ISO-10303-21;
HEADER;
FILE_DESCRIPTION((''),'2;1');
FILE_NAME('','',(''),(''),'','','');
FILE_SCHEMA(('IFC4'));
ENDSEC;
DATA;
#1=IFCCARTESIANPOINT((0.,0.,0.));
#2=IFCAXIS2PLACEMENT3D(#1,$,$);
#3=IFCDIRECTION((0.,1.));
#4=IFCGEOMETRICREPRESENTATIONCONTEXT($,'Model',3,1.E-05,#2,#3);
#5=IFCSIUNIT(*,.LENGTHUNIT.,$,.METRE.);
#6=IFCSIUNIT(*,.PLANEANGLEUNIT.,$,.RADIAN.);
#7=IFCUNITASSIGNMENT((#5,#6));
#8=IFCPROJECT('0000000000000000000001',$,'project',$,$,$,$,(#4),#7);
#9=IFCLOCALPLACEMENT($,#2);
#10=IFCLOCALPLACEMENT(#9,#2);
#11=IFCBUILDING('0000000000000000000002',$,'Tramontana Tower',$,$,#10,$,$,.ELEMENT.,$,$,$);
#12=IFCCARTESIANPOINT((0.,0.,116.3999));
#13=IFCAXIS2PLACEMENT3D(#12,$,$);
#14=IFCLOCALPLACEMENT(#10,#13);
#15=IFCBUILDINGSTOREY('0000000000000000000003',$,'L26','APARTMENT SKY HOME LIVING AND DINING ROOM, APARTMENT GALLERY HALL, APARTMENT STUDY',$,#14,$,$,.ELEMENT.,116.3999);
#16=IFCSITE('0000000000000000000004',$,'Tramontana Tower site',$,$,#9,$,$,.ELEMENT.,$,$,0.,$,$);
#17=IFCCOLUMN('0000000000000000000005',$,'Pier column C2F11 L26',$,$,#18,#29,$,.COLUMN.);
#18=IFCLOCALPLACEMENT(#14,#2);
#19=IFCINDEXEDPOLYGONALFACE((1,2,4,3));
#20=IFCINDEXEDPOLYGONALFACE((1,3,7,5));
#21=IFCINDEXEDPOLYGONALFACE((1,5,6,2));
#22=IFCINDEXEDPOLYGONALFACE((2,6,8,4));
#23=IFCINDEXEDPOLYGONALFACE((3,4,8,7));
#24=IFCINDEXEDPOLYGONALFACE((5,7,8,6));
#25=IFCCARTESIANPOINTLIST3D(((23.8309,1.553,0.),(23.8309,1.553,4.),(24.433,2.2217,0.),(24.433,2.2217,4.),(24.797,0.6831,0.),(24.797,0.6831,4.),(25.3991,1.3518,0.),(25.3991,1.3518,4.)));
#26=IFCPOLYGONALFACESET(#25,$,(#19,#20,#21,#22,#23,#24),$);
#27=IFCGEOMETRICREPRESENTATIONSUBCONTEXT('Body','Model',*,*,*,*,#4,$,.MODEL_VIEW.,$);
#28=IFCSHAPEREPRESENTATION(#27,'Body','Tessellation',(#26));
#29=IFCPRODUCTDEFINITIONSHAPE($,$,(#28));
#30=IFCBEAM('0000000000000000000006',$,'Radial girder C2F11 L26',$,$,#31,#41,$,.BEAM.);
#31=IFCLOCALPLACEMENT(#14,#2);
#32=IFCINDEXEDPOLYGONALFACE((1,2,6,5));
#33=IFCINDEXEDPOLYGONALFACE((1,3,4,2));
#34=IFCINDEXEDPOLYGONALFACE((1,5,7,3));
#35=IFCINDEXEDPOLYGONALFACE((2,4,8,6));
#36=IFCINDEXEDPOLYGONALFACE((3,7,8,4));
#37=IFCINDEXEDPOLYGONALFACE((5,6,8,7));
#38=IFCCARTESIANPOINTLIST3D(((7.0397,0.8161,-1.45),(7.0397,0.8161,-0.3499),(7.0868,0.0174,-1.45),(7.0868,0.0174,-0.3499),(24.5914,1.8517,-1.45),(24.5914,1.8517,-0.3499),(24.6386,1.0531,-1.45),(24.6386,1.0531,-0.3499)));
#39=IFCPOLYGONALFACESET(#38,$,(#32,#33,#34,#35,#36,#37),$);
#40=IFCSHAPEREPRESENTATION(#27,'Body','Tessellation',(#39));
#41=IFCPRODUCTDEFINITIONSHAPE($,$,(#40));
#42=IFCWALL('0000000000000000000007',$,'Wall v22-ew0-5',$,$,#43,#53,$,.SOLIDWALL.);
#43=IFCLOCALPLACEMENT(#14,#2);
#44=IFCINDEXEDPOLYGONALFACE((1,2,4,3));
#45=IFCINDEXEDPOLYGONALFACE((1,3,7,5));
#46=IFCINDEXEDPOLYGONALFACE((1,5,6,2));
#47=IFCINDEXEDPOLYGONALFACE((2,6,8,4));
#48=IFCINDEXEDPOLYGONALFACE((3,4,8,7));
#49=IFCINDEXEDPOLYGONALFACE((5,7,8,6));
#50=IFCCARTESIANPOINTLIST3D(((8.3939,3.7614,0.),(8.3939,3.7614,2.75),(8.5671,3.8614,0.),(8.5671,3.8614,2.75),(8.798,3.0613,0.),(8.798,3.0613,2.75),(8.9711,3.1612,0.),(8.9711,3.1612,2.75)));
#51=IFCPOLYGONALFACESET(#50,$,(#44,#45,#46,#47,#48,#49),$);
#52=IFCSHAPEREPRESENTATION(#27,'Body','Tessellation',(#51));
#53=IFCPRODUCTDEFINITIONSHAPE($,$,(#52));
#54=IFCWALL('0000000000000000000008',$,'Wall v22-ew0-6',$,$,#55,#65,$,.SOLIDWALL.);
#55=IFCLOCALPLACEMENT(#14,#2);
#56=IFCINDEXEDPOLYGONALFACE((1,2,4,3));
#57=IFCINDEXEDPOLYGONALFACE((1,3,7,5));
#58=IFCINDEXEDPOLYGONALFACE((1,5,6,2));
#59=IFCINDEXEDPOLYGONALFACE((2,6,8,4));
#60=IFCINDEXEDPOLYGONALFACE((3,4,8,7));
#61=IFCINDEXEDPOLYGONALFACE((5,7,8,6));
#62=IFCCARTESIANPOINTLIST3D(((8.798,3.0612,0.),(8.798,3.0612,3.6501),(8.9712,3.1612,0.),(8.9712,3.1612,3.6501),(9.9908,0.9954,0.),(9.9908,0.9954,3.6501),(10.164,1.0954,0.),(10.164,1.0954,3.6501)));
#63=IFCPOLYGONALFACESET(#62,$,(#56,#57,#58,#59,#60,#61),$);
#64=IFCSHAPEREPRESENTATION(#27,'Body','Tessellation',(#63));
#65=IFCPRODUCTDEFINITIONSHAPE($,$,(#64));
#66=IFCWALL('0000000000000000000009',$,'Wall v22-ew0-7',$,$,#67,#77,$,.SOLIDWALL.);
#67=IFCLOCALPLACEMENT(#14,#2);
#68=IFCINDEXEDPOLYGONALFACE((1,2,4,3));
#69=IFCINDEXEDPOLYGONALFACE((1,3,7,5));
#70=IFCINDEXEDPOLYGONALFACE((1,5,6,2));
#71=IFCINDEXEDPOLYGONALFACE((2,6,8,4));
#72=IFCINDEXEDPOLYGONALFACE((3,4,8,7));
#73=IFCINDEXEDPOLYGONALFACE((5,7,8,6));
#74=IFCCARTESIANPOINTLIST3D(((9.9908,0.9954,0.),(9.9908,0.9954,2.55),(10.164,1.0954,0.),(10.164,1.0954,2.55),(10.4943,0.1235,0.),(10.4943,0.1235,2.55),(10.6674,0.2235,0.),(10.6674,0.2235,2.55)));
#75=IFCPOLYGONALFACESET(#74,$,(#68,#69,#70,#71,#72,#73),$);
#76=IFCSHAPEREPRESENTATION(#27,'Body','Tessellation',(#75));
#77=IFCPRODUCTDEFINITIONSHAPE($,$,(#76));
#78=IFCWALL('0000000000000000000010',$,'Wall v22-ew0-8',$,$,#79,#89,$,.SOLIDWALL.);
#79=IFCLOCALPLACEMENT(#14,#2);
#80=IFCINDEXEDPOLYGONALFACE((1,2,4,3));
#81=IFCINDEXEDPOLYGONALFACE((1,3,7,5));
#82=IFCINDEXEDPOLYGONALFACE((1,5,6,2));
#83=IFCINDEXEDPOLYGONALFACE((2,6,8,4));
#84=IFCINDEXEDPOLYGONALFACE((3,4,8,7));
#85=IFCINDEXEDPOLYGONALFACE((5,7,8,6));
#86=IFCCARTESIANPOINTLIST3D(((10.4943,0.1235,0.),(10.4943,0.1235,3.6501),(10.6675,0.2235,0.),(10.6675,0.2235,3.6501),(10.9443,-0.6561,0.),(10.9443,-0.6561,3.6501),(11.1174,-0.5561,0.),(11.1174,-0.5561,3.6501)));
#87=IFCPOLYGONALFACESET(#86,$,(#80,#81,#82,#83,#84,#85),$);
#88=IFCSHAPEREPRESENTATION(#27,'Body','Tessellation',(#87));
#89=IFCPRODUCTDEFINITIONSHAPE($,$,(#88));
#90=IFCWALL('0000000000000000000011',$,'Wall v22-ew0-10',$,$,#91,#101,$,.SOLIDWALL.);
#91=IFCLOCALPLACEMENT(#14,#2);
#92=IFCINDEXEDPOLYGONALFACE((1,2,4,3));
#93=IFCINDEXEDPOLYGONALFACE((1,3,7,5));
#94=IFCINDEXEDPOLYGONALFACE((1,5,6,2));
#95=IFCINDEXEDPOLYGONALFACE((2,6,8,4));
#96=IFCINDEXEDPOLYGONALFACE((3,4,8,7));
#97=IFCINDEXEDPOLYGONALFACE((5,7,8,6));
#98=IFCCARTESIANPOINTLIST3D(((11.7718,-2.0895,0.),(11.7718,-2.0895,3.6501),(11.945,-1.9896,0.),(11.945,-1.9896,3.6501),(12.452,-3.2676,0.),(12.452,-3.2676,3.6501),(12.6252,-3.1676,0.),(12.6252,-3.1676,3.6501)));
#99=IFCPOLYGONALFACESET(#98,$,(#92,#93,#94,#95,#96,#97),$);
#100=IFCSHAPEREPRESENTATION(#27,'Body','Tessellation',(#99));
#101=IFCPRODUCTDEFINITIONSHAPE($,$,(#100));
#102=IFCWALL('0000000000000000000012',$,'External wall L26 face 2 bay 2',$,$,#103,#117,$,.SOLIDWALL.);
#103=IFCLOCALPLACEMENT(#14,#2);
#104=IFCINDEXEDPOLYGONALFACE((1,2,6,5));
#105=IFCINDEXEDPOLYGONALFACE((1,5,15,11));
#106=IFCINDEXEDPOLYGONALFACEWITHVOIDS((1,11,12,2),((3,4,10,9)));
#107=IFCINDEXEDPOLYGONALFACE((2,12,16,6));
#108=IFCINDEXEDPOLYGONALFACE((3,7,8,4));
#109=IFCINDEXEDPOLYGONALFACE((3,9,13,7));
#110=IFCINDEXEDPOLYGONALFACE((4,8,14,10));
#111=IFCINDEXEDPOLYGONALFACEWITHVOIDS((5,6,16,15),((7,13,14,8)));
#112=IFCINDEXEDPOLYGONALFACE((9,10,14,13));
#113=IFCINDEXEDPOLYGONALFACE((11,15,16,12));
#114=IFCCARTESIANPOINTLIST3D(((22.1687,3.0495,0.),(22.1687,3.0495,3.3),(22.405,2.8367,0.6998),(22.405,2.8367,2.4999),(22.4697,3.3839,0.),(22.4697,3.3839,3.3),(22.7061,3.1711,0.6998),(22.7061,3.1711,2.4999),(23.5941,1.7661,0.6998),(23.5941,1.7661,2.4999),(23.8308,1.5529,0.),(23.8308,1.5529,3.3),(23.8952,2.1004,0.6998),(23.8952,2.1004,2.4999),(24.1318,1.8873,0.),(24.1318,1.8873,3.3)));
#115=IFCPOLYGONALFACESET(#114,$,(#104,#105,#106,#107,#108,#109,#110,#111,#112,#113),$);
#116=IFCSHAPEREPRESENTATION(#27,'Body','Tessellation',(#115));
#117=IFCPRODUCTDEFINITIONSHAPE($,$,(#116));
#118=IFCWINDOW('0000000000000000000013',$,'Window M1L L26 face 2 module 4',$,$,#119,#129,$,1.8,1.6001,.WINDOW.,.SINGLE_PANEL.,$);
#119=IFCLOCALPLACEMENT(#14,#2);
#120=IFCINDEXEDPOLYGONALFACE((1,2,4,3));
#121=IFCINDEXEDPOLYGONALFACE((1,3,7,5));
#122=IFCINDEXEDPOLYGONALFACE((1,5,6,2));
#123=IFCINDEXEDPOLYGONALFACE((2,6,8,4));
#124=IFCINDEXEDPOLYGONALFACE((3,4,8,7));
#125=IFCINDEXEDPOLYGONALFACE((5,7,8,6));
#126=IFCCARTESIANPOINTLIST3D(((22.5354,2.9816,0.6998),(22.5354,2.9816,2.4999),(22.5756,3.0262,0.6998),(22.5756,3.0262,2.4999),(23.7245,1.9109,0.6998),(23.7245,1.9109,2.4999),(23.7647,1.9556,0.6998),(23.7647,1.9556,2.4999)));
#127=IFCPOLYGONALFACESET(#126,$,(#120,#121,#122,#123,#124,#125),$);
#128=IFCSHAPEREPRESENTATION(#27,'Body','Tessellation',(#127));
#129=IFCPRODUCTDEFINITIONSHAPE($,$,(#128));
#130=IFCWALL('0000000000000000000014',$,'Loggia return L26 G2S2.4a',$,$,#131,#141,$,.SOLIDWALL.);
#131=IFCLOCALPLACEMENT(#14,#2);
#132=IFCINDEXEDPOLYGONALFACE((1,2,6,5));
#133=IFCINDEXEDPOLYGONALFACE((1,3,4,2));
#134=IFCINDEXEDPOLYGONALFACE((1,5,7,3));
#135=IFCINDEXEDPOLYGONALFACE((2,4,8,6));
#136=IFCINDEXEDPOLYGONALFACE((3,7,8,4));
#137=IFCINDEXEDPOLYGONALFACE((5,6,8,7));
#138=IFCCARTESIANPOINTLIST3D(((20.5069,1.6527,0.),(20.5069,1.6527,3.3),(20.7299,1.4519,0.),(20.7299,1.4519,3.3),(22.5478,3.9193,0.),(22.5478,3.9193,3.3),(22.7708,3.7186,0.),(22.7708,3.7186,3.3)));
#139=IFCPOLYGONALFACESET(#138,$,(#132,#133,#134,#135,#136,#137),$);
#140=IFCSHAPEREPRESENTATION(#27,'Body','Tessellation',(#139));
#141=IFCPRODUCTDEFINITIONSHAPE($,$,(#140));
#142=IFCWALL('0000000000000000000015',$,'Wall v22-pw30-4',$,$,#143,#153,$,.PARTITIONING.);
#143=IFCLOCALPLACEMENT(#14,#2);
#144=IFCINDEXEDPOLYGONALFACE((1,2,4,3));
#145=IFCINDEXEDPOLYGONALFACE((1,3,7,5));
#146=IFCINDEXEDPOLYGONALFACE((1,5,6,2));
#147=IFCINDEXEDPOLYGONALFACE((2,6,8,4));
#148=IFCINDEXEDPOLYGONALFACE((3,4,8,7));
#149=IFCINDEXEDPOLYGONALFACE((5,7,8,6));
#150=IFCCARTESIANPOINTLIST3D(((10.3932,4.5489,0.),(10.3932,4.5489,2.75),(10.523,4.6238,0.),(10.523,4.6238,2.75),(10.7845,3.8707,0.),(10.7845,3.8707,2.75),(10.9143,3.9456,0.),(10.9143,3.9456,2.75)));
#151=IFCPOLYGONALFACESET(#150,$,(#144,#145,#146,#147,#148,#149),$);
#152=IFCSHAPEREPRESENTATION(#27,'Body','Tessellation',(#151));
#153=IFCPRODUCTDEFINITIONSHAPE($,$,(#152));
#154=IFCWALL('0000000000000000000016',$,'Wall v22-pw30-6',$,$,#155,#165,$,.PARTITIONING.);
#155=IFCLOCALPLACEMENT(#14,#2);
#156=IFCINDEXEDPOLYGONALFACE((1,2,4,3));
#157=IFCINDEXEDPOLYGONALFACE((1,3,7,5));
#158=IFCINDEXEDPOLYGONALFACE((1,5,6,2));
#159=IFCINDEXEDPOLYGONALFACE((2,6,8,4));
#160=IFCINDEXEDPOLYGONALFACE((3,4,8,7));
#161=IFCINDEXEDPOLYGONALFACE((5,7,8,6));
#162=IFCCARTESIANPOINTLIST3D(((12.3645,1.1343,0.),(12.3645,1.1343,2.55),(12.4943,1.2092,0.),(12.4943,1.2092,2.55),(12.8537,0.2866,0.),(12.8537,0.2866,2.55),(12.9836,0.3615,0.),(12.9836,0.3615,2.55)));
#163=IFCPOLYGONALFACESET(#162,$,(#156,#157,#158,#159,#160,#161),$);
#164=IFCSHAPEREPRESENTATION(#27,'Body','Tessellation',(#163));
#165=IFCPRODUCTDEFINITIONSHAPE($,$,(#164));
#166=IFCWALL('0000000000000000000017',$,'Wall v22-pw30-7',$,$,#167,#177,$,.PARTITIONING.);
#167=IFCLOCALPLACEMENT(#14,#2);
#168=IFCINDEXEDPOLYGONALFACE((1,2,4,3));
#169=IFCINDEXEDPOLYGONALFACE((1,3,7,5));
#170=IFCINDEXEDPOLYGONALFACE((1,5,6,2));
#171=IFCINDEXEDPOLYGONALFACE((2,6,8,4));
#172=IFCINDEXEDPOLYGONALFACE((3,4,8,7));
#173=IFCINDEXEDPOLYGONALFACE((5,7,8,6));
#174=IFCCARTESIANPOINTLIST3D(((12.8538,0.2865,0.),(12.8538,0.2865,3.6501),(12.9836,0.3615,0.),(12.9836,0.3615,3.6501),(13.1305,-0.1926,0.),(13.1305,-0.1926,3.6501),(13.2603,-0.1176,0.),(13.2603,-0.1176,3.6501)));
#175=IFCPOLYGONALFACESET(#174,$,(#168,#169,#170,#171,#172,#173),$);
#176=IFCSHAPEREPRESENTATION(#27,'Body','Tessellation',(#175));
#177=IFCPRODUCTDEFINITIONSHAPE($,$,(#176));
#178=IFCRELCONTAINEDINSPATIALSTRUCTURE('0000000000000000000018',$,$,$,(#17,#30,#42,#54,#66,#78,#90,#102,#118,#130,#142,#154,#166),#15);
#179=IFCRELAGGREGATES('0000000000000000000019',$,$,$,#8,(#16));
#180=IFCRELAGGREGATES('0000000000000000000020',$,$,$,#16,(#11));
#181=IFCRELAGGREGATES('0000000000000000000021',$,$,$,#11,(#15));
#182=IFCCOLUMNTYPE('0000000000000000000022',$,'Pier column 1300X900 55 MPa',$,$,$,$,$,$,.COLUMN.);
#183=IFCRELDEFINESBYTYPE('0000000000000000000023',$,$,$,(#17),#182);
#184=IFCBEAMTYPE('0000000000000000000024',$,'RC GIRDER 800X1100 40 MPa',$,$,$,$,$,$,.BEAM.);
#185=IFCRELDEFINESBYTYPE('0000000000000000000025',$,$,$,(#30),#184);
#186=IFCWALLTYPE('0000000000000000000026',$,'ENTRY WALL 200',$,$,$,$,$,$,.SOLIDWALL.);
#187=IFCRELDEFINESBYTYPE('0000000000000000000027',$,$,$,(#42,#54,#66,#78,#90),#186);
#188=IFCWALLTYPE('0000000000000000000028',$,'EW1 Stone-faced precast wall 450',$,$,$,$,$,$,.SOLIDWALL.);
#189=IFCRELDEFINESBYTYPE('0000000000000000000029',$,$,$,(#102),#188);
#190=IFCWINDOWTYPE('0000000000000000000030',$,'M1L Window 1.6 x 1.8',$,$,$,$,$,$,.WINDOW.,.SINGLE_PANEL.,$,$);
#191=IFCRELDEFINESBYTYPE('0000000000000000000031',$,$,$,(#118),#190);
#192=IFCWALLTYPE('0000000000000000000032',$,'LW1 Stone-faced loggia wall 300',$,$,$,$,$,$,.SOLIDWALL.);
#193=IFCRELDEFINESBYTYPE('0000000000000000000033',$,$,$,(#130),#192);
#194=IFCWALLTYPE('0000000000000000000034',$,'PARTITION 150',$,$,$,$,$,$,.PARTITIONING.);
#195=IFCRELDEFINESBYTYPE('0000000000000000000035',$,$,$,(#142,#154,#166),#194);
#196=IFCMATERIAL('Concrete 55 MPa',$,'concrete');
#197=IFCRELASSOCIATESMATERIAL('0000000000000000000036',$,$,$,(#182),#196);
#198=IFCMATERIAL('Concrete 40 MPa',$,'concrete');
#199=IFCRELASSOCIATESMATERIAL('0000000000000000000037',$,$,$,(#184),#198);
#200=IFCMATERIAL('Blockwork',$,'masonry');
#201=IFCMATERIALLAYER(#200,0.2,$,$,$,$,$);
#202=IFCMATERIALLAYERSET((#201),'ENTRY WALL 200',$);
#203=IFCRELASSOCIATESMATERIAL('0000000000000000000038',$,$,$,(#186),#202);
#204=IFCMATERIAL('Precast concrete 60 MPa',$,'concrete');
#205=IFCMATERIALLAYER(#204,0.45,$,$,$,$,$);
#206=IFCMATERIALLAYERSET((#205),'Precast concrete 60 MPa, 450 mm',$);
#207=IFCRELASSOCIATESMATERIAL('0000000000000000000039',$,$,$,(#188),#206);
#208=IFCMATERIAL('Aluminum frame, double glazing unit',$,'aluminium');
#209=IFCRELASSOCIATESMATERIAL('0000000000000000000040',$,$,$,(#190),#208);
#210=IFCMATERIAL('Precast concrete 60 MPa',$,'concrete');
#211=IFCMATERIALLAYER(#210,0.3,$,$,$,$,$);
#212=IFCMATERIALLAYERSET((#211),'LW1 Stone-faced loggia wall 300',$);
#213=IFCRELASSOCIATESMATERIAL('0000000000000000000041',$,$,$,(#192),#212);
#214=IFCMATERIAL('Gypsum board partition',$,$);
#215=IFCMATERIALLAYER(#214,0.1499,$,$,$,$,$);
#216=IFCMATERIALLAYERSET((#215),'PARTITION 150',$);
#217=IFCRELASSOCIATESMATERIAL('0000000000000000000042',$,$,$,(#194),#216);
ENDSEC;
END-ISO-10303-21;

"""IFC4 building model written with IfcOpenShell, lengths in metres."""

from ifc_helpers import new_model, si_unit, direction, frame, frame_2d, origin, origin_2d, place, context, subcontext, project, spatial, rectangle, extrude, material, layer, layer_set, material_profile, profile_set, type_object, element, fill, save


model = new_model("IFC4")

# Units and contexts
model_context = context("Model", 3, precision=1e-05, world=origin(), true_north=direction((0.0, 1.0)))
body_context = subcontext(model_context, "Body", "Model", "MODEL_VIEW")
ifc_project = project(units=[si_unit("LENGTHUNIT", "METRE"), si_unit("PLANEANGLEUNIT", "RADIAN")], contexts=[model_context])

# Site, building, storey
site_placement = place(None, origin())
site = spatial("IfcSite", under=ifc_project, at=site_placement, Name="Tramontana Tower site", CompositionType="ELEMENT", RefElevation=0.0)
building_placement = place(site_placement, origin())
building = spatial("IfcBuilding", under=site, at=building_placement, Name="Tramontana Tower", CompositionType="ELEMENT")
storey_placement = place(building_placement, frame((0.0, 0.0, 116.3999)))
storey = spatial("IfcBuildingStorey", under=building, at=storey_placement, Name="L26", Description="APARTMENT SKY HOME LIVING AND DINING ROOM, APARTMENT GALLERY HALL, APARTMENT STUDY", CompositionType="ELEMENT", Elevation=116.3999)

# Column
ifc_material_1 = material(Name="Concrete 55 MPa", Category="concrete")
ifc_material_profile_1 = material_profile(ifc_material_1, rectangle(XDim=1.3, YDim=0.8999, at=origin_2d()), Name="Pier column 1300X900 55 MPa")
ifc_profile_set_1 = profile_set([ifc_material_profile_1], Name="Concrete 55 MPa")
column_type = type_object("IfcColumnType", Name="Pier column 1300X900 55 MPa", PredefinedType="COLUMN", material=ifc_profile_set_1)
column_placement = place(storey_placement, frame((24.615, 1.4524, 0.0), z_axis=(0.0, 0.0, 1.0), x_axis=(-0.743145, 0.669131, 0.0)))
element("IfcColumn", 1, at=column_placement, inside=storey, type_object=column_type, Name="Pier column C2F11 L26", PredefinedType="COLUMN", context=body_context, shape_type="SweptSolid", body=[
    extrude(rectangle(XDim=1.3, YDim=0.8999, at=origin_2d()), origin(), (0.0, 0.0, 1.0), 4.0),
])

# Beam
ifc_material_2 = material(Name="Concrete 40 MPa", Category="concrete")
ifc_material_profile_2 = material_profile(ifc_material_2, rectangle(XDim=0.8, YDim=1.1001, at=origin_2d()), Name="RC GIRDER 800X1100 40 MPa")
ifc_profile_set_2 = profile_set([ifc_material_profile_2], Name="Concrete 40 MPa")
beam_type = type_object("IfcBeamType", Name="RC GIRDER 800X1100 40 MPa", PredefinedType="BEAM", material=ifc_profile_set_2)
beam_placement = place(storey_placement, frame((24.615, 1.4524, -0.8999), z_axis=(-0.998264, -0.058903, 0.0), x_axis=(0.058903, -0.998264, 0.0)))
element("IfcBeam", 2, at=beam_placement, inside=storey, type_object=beam_type, Name="Radial girder C2F11 L26", PredefinedType="BEAM", context=body_context, shape_type="SweptSolid", body=[
    extrude(rectangle(XDim=0.8, YDim=1.1001, at=origin_2d()), origin(), (0.0, 0.0, 1.0), 17.5823),
])

# Walls
ifc_material_3 = material(Name="Blockwork", Category="masonry")
ifc_layer_1 = layer(ifc_material_3, 0.2)
ifc_layer_set_1 = layer_set([ifc_layer_1], Name="ENTRY WALL 200")
wall_type_1 = type_object("IfcWallType", Name="ENTRY WALL 200", PredefinedType="SOLIDWALL", material=ifc_layer_set_1)
wall_1_placement = place(storey_placement, frame((8.4805, 3.8115, 0.0), z_axis=(0.0, 0.0, 1.0), x_axis=(0.49981, -0.866135, 0.0)))
element("IfcWall", 3, at=wall_1_placement, inside=storey, type_object=wall_type_1, Name="Wall v22-ew0-5", PredefinedType="SOLIDWALL", context=body_context, shape_type="SweptSolid", body=[
    extrude(rectangle(XDim=0.8083, YDim=0.2, at=frame_2d((0.4043, 0.0))), origin(), (0.0, 0.0, 1.0), 2.75),
])
wall_2_placement = place(storey_placement, frame((8.8845, 3.1113, 0.0), z_axis=(0.0, 0.0, 1.0), x_axis=(0.500035, -0.866005, 0.0)))
element("IfcWall", 4, at=wall_2_placement, inside=storey, type_object=wall_type_1, Name="Wall v22-ew0-6", PredefinedType="SOLIDWALL", context=body_context, shape_type="SweptSolid", body=[
    extrude(rectangle(XDim=2.3855, YDim=0.2, at=frame_2d((1.1929, 0.0))), origin(), (0.0, 0.0, 1.0), 3.6501),
])
wall_3_placement = place(storey_placement, frame((10.0774, 1.0454, 0.0), z_axis=(0.0, 0.0, 1.0), x_axis=(0.500051, -0.865996, 0.0)))
element("IfcWall", 5, at=wall_3_placement, inside=storey, type_object=wall_type_1, Name="Wall v22-ew0-7", PredefinedType="SOLIDWALL", context=body_context, shape_type="SweptSolid", body=[
    extrude(rectangle(XDim=1.0068, YDim=0.2, at=frame_2d((0.5034, 0.0))), origin(), (0.0, 0.0, 1.0), 2.55),
])
wall_4_placement = place(storey_placement, frame((10.5808, 0.1736, 0.0), z_axis=(0.0, 0.0, 1.0), x_axis=(0.499902, -0.866082, 0.0)))
element("IfcWall", 6, at=wall_4_placement, inside=storey, type_object=wall_type_1, Name="Wall v22-ew0-8", PredefinedType="SOLIDWALL", context=body_context, shape_type="SweptSolid", body=[
    extrude(rectangle(XDim=0.9001, YDim=0.2, at=frame_2d((0.4502, 0.0))), origin(), (0.0, 0.0, 1.0), 3.6501),
])

# Wall
wall_5_placement = place(storey_placement, frame((11.8584, -2.0396, 0.0), z_axis=(0.0, 0.0, 1.0), x_axis=(0.500038, -0.866003, 0.0)))
element("IfcWall", 7, at=wall_5_placement, inside=storey, type_object=wall_type_1, Name="Wall v22-ew0-10", PredefinedType="SOLIDWALL", context=body_context, shape_type="SweptSolid", body=[
    extrude(rectangle(XDim=1.3604, YDim=0.2, at=frame_2d((0.6802, 0.0))), origin(), (0.0, 0.0, 1.0), 3.6501),
])

# Wall, opening, window
ifc_material_4 = material(Name="Precast concrete 60 MPa", Category="concrete")
ifc_layer_2 = layer(ifc_material_4, 0.45)
ifc_layer_set_2 = layer_set([ifc_layer_2], Name="Precast concrete 60 MPa, 450 mm")
wall_type_2 = type_object("IfcWallType", Name="EW1 Stone-faced precast wall 450", PredefinedType="SOLIDWALL", material=ifc_layer_set_2)
wall_6_placement = place(storey_placement, frame((23.9812, 1.7202, 0.0), z_axis=(0.0, 0.0, 1.0), x_axis=(-0.743142, 0.669134, 0.0)))
wall_6 = element("IfcWall", 8, at=wall_6_placement, inside=storey, type_object=wall_type_2, Name="External wall L26 face 2 bay 2", PredefinedType="SOLIDWALL", context=body_context, shape_type="SweptSolid", body=[
    extrude(rectangle(XDim=2.2366, YDim=0.45, at=frame_2d((1.1182, 0.0))), origin(), (0.0, 0.0, 1.0), 3.3),
])
opening_1_placement = place(wall_6_placement, frame((0.3184, 0.0, 0.7)))
opening_1 = element("IfcOpeningElement", 9, at=opening_1_placement, cuts=wall_6, PredefinedType="OPENING", context=body_context, shape_type="SweptSolid", body=[
    extrude(rectangle(XDim=1.6001, YDim=1.8, at=frame_2d((0.8, 0.8999))), frame((0.0, 0.2349, 0.0), z_axis=(0.0, -1.0, 0.0), x_axis=(1.0, 0.0, 0.0)), (0.0, 0.0, 1.0), 0.47),
])
ifc_material_5 = material(Name="Aluminum frame, double glazing unit", Category="aluminium")
window_type = type_object("IfcWindowType", Name="M1L Window 1.6 x 1.8", PartitioningType="SINGLE_PANEL", PredefinedType="WINDOW", material=ifc_material_5)
window_placement = place(opening_1_placement, origin())
window = element("IfcWindow", 10, at=window_placement, inside=storey, type_object=window_type, Name="Window M1L L26 face 2 module 4", OverallHeight=1.8, OverallWidth=1.6001, PartitioningType="SINGLE_PANEL", PredefinedType="WINDOW", context=body_context, shape_type="SweptSolid", body=[
    extrude(rectangle(XDim=1.6001, YDim=1.8, at=frame_2d((0.8, 0.8999))), frame((0.0, 0.03, 0.0), z_axis=(0.0, -1.0, 0.0), x_axis=(1.0, 0.0, 0.0)), (0.0, 0.0, 1.0), 0.0601),
])
fill(opening_1, window)

# Shared definitions
ifc_material_6 = material(Name="Precast concrete 60 MPa", Category="concrete")
ifc_layer_3 = layer(ifc_material_6, 0.3)
ifc_layer_set_3 = layer_set([ifc_layer_3], Name="LW1 Stone-faced loggia wall 300")
wall_type_3 = type_object("IfcWallType", Name="LW1 Stone-faced loggia wall 300", PredefinedType="SOLIDWALL", material=ifc_layer_set_3)

# Walls
wall_7_placement = place(storey_placement, frame((22.6592, 3.8188, 0.0), z_axis=(0.0, 0.0, 1.0), x_axis=(-0.669115, -0.743159, 0.0)))
element("IfcWall", 11, at=wall_7_placement, inside=storey, type_object=wall_type_3, Name="Loggia return L26 G2S2.4a", PredefinedType="SOLIDWALL", context=body_context, shape_type="SweptSolid", body=[
    extrude(rectangle(XDim=3.05, YDim=0.3, at=frame_2d((1.5249, 0.0))), origin(), (0.0, 0.0, 1.0), 3.3),
])
ifc_material_7 = material(Name="Gypsum board partition")
ifc_layer_4 = layer(ifc_material_7, 0.1499)
ifc_layer_set_4 = layer_set([ifc_layer_4], Name="PARTITION 150")
wall_type_4 = type_object("IfcWallType", Name="PARTITION 150", PredefinedType="PARTITIONING", material=ifc_layer_set_4)
wall_8_placement = place(storey_placement, frame((10.458, 4.5864, 0.0), z_axis=(0.0, 0.0, 1.0), x_axis=(0.499794, -0.866144, 0.0)))
element("IfcWall", 12, at=wall_8_placement, inside=storey, type_object=wall_type_4, Name="Wall v22-pw30-4", PredefinedType="PARTITIONING", context=body_context, shape_type="SweptSolid", body=[
    extrude(rectangle(XDim=0.783, YDim=0.1499, at=frame_2d((0.3916, 0.0))), origin(), (0.0, 0.0, 1.0), 2.75),
])

# Walls
wall_9_placement = place(storey_placement, frame((12.4294, 1.1716, 0.0), z_axis=(0.0, 0.0, 1.0), x_axis=(0.499895, -0.866086, 0.0)))
element("IfcWall", 13, at=wall_9_placement, inside=storey, type_object=wall_type_4, Name="Wall v22-pw30-6", PredefinedType="PARTITIONING", context=body_context, shape_type="SweptSolid", body=[
    extrude(rectangle(XDim=0.9788, YDim=0.1499, at=frame_2d((0.4893, 0.0))), origin(), (0.0, 0.0, 1.0), 2.55),
])
wall_10_placement = place(storey_placement, frame((12.9187, 0.324, 0.0), z_axis=(0.0, 0.0, 1.0), x_axis=(0.500079, -0.86598, 0.0)))
element("IfcWall", 14, at=wall_10_placement, inside=storey, type_object=wall_type_4, Name="Wall v22-pw30-7", PredefinedType="PARTITIONING", context=body_context, shape_type="SweptSolid", body=[
    extrude(rectangle(XDim=0.5532, YDim=0.1499, at=frame_2d((0.2766, 0.0))), origin(), (0.0, 0.0, 1.0), 3.6501),
])

save(model, "model.ifc")
